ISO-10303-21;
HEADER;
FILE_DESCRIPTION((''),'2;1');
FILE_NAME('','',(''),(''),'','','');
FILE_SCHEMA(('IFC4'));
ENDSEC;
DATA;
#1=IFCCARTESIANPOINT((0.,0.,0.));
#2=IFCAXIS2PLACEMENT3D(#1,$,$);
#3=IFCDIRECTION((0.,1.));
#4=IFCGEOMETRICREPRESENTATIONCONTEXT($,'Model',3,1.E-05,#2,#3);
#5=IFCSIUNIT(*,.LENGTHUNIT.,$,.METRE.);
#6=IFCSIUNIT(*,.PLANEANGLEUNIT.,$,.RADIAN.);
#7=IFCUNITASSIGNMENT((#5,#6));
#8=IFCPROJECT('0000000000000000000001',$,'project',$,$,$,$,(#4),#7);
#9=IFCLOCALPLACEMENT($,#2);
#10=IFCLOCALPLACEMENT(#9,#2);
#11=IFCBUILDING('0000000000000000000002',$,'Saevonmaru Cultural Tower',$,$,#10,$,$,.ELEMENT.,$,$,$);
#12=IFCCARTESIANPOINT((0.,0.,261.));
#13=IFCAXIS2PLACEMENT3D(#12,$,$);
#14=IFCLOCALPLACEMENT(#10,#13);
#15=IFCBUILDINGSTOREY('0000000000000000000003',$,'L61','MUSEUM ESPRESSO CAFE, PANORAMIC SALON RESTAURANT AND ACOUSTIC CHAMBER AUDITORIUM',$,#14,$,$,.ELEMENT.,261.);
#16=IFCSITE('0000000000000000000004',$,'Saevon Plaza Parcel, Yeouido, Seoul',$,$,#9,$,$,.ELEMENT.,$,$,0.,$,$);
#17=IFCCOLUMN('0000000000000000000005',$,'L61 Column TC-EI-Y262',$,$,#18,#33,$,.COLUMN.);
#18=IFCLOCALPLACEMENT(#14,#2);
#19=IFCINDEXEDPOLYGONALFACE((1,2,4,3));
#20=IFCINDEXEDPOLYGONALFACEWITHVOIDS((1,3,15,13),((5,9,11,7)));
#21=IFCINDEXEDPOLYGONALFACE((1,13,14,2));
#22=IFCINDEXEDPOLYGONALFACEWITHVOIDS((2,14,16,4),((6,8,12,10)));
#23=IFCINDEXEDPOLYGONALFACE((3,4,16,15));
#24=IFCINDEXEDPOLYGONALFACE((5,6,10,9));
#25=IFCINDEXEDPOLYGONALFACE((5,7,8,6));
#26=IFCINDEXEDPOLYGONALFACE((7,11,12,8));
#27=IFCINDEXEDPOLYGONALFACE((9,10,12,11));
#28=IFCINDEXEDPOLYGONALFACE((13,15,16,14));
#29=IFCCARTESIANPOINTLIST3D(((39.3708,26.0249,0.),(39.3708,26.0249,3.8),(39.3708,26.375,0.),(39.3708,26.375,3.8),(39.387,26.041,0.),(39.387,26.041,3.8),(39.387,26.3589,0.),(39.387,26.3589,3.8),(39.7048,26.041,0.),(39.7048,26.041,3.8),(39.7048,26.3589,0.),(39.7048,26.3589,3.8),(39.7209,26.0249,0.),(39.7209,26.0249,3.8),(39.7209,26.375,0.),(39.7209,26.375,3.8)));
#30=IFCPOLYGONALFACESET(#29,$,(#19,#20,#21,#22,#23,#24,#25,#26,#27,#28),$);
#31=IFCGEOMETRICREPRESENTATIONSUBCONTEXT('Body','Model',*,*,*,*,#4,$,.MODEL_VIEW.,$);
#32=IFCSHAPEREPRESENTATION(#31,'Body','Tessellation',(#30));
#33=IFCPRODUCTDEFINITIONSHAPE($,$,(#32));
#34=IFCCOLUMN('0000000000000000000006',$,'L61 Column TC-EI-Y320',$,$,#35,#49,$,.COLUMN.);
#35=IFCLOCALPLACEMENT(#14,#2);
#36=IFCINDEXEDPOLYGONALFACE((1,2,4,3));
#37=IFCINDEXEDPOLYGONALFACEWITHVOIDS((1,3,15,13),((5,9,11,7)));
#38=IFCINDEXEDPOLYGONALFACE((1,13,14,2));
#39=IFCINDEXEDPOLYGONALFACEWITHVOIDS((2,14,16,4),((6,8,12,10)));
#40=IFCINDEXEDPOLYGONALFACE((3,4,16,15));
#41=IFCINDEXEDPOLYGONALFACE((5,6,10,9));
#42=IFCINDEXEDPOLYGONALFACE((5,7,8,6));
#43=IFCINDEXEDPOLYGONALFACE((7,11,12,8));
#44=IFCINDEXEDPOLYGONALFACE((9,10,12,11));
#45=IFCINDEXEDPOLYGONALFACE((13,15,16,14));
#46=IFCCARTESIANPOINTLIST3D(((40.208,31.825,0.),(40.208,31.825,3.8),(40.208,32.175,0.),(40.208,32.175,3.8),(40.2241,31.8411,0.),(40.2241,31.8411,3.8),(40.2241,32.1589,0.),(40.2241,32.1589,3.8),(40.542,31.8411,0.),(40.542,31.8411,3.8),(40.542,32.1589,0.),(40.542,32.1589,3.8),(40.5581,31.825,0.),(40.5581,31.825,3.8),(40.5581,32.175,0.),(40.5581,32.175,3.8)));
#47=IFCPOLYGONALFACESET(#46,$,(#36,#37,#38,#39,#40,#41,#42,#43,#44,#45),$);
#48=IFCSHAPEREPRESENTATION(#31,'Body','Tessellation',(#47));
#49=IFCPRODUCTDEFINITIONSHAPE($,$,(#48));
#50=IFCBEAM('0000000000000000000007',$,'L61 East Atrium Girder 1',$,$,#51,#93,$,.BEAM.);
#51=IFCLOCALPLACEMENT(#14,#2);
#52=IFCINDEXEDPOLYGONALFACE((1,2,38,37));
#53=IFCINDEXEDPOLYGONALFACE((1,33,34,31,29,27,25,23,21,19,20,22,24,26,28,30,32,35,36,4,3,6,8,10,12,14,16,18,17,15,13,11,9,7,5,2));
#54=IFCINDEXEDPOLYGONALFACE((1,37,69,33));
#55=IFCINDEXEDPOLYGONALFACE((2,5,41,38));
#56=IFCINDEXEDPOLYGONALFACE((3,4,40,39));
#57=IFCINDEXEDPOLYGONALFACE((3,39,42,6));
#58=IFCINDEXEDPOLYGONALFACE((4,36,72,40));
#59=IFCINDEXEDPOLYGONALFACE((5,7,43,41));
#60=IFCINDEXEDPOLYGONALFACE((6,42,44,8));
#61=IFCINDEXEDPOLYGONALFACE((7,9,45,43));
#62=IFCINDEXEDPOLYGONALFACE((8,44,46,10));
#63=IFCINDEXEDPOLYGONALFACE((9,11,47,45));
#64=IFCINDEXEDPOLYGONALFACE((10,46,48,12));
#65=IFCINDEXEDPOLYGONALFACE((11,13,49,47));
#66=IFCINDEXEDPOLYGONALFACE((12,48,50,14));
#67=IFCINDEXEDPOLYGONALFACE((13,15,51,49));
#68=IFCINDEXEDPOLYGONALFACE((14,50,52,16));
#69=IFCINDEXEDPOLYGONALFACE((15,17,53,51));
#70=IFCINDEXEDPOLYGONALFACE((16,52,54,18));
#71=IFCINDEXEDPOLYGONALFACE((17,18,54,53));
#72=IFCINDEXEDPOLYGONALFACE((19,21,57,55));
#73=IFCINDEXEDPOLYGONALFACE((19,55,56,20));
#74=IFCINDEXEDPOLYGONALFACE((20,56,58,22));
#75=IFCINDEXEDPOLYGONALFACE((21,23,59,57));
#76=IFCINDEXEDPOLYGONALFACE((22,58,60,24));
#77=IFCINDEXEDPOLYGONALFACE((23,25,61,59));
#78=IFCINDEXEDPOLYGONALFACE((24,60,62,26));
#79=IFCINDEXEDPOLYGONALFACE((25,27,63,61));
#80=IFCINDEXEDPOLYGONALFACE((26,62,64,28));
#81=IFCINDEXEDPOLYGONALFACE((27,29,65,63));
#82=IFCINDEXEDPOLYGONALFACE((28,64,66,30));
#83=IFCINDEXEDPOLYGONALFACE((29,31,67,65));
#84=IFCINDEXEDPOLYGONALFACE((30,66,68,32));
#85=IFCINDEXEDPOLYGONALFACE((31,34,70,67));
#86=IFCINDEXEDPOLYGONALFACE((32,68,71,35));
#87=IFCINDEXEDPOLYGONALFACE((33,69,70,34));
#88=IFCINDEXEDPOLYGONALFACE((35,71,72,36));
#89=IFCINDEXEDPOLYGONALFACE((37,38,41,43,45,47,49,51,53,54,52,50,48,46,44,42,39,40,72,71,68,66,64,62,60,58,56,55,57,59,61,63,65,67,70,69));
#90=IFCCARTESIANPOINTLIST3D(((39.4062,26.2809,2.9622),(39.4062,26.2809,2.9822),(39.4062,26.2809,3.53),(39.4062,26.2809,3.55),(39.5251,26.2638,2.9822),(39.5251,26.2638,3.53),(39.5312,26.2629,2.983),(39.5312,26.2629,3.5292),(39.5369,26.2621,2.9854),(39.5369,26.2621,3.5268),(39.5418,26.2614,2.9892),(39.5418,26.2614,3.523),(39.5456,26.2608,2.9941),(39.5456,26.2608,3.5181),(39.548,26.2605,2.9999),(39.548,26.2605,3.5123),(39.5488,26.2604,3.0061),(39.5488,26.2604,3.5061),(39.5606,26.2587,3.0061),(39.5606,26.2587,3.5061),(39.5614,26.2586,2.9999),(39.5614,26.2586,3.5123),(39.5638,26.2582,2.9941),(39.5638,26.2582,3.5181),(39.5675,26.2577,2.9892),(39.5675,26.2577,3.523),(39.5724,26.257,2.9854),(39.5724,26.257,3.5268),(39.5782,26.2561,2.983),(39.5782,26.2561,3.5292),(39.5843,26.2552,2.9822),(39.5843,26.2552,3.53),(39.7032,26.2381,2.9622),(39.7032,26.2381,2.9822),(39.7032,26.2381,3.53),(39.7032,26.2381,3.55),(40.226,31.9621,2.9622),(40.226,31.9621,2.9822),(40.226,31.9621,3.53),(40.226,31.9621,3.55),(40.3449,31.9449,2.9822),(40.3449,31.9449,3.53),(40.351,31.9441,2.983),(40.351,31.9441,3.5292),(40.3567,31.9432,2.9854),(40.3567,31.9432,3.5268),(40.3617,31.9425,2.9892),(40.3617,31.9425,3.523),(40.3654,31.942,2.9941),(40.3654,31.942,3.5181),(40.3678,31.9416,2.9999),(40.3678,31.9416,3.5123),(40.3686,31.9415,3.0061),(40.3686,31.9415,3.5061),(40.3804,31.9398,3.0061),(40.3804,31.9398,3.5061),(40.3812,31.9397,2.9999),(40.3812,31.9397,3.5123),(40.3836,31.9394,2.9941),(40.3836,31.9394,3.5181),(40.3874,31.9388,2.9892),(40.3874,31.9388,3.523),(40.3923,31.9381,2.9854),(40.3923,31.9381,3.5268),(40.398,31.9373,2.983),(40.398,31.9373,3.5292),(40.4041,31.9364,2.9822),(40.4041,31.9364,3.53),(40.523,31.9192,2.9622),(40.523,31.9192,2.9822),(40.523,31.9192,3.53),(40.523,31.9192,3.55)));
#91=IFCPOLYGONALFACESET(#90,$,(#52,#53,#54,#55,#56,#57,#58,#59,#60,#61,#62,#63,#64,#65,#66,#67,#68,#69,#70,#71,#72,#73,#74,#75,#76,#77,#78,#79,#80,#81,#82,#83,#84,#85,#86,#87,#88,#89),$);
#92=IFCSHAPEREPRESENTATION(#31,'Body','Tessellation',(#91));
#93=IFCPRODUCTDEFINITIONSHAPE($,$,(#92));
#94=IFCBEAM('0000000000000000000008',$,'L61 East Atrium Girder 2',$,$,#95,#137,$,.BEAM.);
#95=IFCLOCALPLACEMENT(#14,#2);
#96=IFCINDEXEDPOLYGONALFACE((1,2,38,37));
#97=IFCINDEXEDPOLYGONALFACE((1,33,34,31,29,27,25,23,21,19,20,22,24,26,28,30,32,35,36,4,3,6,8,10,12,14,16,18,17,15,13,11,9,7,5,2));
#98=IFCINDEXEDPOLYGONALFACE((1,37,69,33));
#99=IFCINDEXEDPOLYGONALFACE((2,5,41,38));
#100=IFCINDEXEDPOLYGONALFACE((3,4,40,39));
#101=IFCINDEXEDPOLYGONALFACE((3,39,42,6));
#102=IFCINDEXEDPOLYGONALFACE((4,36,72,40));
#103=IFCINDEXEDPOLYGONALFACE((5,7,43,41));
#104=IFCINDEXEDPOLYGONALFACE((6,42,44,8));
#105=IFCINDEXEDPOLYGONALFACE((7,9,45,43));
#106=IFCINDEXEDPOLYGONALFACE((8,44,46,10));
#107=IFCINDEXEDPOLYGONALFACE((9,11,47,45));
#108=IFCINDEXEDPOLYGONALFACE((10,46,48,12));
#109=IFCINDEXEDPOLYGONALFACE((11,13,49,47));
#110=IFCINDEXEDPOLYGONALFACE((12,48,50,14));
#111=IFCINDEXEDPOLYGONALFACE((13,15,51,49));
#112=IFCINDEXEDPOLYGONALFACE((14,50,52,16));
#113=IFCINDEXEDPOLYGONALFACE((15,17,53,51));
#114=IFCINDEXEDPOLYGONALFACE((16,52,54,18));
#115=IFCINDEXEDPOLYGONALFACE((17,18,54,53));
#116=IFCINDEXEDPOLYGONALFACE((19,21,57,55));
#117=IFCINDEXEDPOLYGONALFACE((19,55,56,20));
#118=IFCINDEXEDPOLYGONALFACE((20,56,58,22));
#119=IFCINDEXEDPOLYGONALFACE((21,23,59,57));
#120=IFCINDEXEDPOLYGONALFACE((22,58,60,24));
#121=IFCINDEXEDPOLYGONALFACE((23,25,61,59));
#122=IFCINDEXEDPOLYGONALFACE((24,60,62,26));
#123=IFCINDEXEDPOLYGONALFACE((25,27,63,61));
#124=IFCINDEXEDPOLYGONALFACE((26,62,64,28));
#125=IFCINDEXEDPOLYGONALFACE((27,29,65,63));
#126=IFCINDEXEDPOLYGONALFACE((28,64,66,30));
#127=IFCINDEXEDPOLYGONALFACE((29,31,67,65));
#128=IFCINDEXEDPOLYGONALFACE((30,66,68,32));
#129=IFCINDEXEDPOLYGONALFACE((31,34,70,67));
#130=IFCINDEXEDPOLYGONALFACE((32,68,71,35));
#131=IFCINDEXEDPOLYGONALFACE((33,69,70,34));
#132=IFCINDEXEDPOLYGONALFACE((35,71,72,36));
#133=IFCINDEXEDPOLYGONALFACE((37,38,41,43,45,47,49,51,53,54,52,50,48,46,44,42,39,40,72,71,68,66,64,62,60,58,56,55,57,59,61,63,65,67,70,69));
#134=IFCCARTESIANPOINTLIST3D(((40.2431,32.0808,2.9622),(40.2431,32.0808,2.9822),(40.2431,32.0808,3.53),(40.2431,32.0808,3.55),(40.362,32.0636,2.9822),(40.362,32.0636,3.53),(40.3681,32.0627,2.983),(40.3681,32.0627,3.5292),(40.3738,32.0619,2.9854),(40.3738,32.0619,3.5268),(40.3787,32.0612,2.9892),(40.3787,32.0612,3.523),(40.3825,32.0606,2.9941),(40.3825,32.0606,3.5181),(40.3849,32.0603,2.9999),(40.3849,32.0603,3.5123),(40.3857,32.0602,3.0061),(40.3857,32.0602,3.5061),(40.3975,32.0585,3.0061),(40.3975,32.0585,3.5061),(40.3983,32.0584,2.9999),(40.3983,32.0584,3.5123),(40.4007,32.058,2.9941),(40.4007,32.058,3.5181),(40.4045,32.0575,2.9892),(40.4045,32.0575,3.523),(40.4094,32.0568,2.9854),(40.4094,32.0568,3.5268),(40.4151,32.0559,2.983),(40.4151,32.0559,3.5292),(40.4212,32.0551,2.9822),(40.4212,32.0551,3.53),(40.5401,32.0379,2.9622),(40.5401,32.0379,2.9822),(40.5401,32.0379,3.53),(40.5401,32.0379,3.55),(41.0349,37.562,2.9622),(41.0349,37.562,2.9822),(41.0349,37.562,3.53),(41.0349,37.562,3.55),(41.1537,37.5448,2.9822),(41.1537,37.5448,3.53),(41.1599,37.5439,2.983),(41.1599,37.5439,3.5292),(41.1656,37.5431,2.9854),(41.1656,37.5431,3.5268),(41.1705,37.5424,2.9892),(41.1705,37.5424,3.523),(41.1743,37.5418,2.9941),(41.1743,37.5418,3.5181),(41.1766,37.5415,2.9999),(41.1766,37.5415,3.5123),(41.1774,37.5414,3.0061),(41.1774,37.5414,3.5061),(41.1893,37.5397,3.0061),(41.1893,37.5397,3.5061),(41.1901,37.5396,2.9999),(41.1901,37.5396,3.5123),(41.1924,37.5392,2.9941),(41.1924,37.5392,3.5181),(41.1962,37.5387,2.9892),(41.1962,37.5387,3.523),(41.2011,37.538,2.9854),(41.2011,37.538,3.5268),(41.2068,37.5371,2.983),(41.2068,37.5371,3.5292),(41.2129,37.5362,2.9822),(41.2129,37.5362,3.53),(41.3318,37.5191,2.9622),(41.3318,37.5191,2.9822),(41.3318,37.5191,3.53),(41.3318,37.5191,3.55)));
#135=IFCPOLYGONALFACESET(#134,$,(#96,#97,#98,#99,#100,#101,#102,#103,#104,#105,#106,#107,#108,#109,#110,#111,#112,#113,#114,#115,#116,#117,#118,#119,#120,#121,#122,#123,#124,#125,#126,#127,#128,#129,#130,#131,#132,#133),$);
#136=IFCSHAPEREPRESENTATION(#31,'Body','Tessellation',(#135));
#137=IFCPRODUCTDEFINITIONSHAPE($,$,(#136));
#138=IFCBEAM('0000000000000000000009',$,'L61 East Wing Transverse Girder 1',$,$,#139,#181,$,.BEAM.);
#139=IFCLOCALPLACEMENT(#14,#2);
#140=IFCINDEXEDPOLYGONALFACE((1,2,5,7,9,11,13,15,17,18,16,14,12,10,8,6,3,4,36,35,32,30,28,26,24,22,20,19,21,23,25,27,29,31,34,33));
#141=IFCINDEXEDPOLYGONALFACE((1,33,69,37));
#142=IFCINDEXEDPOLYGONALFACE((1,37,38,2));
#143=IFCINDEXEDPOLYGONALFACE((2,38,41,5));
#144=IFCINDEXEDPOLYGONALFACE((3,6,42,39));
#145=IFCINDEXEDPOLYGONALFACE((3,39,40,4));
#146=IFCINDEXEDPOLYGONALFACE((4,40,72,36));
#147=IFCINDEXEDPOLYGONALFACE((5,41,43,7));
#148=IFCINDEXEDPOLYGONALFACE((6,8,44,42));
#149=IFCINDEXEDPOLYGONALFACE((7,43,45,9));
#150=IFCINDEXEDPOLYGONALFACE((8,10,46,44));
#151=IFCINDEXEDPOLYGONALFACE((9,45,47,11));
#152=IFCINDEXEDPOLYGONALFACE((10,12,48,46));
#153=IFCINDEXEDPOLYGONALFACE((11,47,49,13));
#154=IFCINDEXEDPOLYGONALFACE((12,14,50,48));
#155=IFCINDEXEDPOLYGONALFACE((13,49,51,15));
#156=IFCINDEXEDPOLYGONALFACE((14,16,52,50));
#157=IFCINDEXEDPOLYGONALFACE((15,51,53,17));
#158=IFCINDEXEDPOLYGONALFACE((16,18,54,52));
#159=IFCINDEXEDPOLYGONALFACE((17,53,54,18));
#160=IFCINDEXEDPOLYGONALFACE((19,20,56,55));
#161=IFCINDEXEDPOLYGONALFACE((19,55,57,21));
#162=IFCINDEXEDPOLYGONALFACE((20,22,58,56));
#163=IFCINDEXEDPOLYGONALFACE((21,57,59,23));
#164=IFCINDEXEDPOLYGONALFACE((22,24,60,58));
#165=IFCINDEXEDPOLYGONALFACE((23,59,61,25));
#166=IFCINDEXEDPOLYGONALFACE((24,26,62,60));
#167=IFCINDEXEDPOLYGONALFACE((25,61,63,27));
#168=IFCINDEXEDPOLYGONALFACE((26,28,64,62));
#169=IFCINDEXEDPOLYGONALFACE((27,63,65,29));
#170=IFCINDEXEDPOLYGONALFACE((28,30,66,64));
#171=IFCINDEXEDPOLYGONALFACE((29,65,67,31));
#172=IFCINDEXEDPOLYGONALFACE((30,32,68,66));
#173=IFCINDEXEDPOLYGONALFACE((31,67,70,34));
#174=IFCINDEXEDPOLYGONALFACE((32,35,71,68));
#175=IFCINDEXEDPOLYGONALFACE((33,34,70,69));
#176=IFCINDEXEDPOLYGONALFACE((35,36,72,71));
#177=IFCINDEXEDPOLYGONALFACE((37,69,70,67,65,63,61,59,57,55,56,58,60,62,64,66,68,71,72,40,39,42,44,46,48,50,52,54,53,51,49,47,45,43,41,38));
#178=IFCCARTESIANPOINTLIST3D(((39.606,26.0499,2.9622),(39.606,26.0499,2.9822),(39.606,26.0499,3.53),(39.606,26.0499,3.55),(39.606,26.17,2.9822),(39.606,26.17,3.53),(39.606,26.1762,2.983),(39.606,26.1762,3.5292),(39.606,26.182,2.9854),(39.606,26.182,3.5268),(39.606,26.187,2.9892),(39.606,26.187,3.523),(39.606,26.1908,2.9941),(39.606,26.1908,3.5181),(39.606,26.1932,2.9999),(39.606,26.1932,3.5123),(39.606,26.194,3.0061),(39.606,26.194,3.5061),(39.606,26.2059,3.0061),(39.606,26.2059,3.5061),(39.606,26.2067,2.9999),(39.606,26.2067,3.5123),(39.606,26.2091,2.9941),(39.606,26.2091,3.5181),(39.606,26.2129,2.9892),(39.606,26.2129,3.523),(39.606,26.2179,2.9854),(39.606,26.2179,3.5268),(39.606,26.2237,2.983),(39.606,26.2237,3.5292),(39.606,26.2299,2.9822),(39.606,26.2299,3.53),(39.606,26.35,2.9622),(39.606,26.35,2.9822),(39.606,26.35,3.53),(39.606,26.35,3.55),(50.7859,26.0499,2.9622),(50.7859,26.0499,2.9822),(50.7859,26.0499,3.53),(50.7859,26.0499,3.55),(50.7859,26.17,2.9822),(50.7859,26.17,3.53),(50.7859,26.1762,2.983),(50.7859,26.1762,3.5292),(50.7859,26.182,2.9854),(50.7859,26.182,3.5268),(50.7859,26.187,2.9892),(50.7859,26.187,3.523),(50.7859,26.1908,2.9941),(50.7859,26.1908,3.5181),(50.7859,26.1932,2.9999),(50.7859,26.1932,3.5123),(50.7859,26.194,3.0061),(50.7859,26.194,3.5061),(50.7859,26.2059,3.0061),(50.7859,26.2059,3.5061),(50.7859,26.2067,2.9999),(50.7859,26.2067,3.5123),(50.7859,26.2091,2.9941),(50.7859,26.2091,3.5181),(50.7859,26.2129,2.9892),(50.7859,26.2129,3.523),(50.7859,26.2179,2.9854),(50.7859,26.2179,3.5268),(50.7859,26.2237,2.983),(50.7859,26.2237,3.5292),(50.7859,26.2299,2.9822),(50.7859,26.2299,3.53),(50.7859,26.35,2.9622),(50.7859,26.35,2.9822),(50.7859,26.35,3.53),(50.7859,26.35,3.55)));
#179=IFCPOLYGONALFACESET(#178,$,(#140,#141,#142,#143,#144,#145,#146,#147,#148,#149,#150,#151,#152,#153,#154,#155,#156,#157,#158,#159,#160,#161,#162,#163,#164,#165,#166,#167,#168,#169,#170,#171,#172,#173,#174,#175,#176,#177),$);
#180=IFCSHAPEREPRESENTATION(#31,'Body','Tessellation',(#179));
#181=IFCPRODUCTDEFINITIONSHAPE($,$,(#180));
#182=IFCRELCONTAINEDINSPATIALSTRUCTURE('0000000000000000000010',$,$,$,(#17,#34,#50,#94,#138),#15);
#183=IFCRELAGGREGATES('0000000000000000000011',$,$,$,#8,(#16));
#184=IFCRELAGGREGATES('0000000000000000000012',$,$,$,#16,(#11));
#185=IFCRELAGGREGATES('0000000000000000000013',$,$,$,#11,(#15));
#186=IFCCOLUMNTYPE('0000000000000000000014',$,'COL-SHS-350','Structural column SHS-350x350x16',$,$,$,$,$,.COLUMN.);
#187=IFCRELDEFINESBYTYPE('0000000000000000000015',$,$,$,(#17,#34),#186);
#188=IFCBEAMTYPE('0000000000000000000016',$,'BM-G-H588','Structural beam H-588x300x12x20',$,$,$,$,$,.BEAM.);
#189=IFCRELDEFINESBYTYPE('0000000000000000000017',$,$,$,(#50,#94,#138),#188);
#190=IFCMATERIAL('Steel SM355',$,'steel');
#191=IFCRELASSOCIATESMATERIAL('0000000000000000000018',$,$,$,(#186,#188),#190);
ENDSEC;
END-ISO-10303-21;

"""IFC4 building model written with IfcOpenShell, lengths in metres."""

from ifc_helpers import new_model, si_unit, direction, frame, origin, origin_2d, place, context, subcontext, project, spatial, hollow_rectangle, i_section, extrude, material, material_profile, profile_set, type_object, element, save


model = new_model("IFC4")

# Units and contexts
model_context = context("Model", 3, precision=1e-05, world=origin(), true_north=direction((0.0, 1.0)))
body_context = subcontext(model_context, "Body", "Model", "MODEL_VIEW")
ifc_project = project(units=[si_unit("LENGTHUNIT", "METRE"), si_unit("PLANEANGLEUNIT", "RADIAN")], contexts=[model_context])

# Site, building, storey
site_placement = place(None, origin())
site = spatial("IfcSite", under=ifc_project, at=site_placement, Name="Saevon Plaza Parcel, Yeouido, Seoul", CompositionType="ELEMENT", RefElevation=0.0)
building_placement = place(site_placement, origin())
building = spatial("IfcBuilding", under=site, at=building_placement, Name="Saevonmaru Cultural Tower", CompositionType="ELEMENT")
storey_placement = place(building_placement, frame((0.0, 0.0, 261.0)))
storey = spatial("IfcBuildingStorey", under=building, at=storey_placement, Name="L61", Description="MUSEUM ESPRESSO CAFE, PANORAMIC SALON RESTAURANT AND ACOUSTIC CHAMBER AUDITORIUM", CompositionType="ELEMENT", Elevation=261.0)

# Columns
ifc_material_1 = material(Name="Steel SM355", Category="steel")
ifc_material_profile_1 = material_profile(ifc_material_1, hollow_rectangle(XDim=0.3501, YDim=0.3501, WallThickness=0.0161, at=origin_2d()), Name="SHS-350x350x16")
ifc_profile_set_1 = profile_set([ifc_material_profile_1], Name="Steel SM355")
column_type = type_object("IfcColumnType", Name="COL-SHS-350", Description="Structural column SHS-350x350x16", PredefinedType="COLUMN", material=ifc_profile_set_1)
for number, where, z_axis, x_axis, name in (
    (1, (39.5459, 26.2, 0.0), (0.0, 0.0, 1.0), (1.0, 0.0, 0.0), "L61 Column TC-EI-Y262"),
    (2, (40.3831, 32.0, 0.0), (0.0, 0.0, 1.0), (1.0, 0.0, 0.0), "L61 Column TC-EI-Y320"),
):
    element("IfcColumn", number, at=place(storey_placement, frame(where, z_axis=z_axis, x_axis=x_axis)), inside=storey, type_object=column_type, Name=name, PredefinedType="COLUMN", context=body_context, shape_type="SweptSolid", body=[
        extrude(hollow_rectangle(XDim=0.3501, YDim=0.3501, WallThickness=0.0161, at=origin_2d()), origin(), (0.0, 0.0, 1.0), 3.8),
    ])

# Beams
ifc_material_profile_2 = material_profile(ifc_material_1, i_section(OverallWidth=0.3, OverallDepth=0.5879, WebThickness=0.012, FlangeThickness=0.02, FilletRadius=0.0239, at=origin_2d()), Name="H-588x300x12x20")
ifc_profile_set_2 = profile_set([ifc_material_profile_2], Name="Steel SM355")
beam_type_1 = type_object("IfcBeamType", Name="BM-G-H588", Description="Structural beam H-588x300x12x20", PredefinedType="BEAM", material=ifc_profile_set_2)
beam_1_placement = place(storey_placement, frame((39.5547, 26.2595, 3.2561), z_axis=(0.142827, 0.989748, 0.0), x_axis=(-0.989748, 0.142827, 0.0)))
element("IfcBeam", 3, at=beam_1_placement, inside=storey, type_object=beam_type_1, Name="L61 East Atrium Girder 1", PredefinedType="BEAM", context=body_context, shape_type="SweptSolid", body=[
    extrude(i_section(OverallWidth=0.3, OverallDepth=0.5879, WebThickness=0.012, FlangeThickness=0.02, FilletRadius=0.0239, at=origin_2d()), origin(), (0.0, 0.0, 1.0), 5.74),
])
beam_2_placement = place(storey_placement, frame((40.3916, 32.0593, 3.2561), z_axis=(0.142964, 0.989728, 0.0), x_axis=(-0.989728, 0.142964, 0.0)))
element("IfcBeam", 4, at=beam_2_placement, inside=storey, type_object=beam_type_1, Name="L61 East Atrium Girder 2", PredefinedType="BEAM", context=body_context, shape_type="SweptSolid", body=[
    extrude(i_section(OverallWidth=0.3, OverallDepth=0.5879, WebThickness=0.012, FlangeThickness=0.02, FilletRadius=0.0239, at=origin_2d()), origin(), (0.0, 0.0, 1.0), 5.5381),
])
beam_3_placement = place(storey_placement, frame((39.606, 26.2, 3.2561), z_axis=(1.0, 0.0, 0.0), x_axis=(0.0, 1.0, 0.0)))
element("IfcBeam", 5, at=beam_3_placement, inside=storey, type_object=beam_type_1, Name="L61 East Wing Transverse Girder 1", PredefinedType="BEAM", context=body_context, shape_type="SweptSolid", body=[
    extrude(i_section(OverallWidth=0.3, OverallDepth=0.5879, WebThickness=0.012, FlangeThickness=0.02, FilletRadius=0.0239, at=origin_2d()), origin(), (0.0, 0.0, 1.0), 11.1799),
])

save(model, "model.ifc")
